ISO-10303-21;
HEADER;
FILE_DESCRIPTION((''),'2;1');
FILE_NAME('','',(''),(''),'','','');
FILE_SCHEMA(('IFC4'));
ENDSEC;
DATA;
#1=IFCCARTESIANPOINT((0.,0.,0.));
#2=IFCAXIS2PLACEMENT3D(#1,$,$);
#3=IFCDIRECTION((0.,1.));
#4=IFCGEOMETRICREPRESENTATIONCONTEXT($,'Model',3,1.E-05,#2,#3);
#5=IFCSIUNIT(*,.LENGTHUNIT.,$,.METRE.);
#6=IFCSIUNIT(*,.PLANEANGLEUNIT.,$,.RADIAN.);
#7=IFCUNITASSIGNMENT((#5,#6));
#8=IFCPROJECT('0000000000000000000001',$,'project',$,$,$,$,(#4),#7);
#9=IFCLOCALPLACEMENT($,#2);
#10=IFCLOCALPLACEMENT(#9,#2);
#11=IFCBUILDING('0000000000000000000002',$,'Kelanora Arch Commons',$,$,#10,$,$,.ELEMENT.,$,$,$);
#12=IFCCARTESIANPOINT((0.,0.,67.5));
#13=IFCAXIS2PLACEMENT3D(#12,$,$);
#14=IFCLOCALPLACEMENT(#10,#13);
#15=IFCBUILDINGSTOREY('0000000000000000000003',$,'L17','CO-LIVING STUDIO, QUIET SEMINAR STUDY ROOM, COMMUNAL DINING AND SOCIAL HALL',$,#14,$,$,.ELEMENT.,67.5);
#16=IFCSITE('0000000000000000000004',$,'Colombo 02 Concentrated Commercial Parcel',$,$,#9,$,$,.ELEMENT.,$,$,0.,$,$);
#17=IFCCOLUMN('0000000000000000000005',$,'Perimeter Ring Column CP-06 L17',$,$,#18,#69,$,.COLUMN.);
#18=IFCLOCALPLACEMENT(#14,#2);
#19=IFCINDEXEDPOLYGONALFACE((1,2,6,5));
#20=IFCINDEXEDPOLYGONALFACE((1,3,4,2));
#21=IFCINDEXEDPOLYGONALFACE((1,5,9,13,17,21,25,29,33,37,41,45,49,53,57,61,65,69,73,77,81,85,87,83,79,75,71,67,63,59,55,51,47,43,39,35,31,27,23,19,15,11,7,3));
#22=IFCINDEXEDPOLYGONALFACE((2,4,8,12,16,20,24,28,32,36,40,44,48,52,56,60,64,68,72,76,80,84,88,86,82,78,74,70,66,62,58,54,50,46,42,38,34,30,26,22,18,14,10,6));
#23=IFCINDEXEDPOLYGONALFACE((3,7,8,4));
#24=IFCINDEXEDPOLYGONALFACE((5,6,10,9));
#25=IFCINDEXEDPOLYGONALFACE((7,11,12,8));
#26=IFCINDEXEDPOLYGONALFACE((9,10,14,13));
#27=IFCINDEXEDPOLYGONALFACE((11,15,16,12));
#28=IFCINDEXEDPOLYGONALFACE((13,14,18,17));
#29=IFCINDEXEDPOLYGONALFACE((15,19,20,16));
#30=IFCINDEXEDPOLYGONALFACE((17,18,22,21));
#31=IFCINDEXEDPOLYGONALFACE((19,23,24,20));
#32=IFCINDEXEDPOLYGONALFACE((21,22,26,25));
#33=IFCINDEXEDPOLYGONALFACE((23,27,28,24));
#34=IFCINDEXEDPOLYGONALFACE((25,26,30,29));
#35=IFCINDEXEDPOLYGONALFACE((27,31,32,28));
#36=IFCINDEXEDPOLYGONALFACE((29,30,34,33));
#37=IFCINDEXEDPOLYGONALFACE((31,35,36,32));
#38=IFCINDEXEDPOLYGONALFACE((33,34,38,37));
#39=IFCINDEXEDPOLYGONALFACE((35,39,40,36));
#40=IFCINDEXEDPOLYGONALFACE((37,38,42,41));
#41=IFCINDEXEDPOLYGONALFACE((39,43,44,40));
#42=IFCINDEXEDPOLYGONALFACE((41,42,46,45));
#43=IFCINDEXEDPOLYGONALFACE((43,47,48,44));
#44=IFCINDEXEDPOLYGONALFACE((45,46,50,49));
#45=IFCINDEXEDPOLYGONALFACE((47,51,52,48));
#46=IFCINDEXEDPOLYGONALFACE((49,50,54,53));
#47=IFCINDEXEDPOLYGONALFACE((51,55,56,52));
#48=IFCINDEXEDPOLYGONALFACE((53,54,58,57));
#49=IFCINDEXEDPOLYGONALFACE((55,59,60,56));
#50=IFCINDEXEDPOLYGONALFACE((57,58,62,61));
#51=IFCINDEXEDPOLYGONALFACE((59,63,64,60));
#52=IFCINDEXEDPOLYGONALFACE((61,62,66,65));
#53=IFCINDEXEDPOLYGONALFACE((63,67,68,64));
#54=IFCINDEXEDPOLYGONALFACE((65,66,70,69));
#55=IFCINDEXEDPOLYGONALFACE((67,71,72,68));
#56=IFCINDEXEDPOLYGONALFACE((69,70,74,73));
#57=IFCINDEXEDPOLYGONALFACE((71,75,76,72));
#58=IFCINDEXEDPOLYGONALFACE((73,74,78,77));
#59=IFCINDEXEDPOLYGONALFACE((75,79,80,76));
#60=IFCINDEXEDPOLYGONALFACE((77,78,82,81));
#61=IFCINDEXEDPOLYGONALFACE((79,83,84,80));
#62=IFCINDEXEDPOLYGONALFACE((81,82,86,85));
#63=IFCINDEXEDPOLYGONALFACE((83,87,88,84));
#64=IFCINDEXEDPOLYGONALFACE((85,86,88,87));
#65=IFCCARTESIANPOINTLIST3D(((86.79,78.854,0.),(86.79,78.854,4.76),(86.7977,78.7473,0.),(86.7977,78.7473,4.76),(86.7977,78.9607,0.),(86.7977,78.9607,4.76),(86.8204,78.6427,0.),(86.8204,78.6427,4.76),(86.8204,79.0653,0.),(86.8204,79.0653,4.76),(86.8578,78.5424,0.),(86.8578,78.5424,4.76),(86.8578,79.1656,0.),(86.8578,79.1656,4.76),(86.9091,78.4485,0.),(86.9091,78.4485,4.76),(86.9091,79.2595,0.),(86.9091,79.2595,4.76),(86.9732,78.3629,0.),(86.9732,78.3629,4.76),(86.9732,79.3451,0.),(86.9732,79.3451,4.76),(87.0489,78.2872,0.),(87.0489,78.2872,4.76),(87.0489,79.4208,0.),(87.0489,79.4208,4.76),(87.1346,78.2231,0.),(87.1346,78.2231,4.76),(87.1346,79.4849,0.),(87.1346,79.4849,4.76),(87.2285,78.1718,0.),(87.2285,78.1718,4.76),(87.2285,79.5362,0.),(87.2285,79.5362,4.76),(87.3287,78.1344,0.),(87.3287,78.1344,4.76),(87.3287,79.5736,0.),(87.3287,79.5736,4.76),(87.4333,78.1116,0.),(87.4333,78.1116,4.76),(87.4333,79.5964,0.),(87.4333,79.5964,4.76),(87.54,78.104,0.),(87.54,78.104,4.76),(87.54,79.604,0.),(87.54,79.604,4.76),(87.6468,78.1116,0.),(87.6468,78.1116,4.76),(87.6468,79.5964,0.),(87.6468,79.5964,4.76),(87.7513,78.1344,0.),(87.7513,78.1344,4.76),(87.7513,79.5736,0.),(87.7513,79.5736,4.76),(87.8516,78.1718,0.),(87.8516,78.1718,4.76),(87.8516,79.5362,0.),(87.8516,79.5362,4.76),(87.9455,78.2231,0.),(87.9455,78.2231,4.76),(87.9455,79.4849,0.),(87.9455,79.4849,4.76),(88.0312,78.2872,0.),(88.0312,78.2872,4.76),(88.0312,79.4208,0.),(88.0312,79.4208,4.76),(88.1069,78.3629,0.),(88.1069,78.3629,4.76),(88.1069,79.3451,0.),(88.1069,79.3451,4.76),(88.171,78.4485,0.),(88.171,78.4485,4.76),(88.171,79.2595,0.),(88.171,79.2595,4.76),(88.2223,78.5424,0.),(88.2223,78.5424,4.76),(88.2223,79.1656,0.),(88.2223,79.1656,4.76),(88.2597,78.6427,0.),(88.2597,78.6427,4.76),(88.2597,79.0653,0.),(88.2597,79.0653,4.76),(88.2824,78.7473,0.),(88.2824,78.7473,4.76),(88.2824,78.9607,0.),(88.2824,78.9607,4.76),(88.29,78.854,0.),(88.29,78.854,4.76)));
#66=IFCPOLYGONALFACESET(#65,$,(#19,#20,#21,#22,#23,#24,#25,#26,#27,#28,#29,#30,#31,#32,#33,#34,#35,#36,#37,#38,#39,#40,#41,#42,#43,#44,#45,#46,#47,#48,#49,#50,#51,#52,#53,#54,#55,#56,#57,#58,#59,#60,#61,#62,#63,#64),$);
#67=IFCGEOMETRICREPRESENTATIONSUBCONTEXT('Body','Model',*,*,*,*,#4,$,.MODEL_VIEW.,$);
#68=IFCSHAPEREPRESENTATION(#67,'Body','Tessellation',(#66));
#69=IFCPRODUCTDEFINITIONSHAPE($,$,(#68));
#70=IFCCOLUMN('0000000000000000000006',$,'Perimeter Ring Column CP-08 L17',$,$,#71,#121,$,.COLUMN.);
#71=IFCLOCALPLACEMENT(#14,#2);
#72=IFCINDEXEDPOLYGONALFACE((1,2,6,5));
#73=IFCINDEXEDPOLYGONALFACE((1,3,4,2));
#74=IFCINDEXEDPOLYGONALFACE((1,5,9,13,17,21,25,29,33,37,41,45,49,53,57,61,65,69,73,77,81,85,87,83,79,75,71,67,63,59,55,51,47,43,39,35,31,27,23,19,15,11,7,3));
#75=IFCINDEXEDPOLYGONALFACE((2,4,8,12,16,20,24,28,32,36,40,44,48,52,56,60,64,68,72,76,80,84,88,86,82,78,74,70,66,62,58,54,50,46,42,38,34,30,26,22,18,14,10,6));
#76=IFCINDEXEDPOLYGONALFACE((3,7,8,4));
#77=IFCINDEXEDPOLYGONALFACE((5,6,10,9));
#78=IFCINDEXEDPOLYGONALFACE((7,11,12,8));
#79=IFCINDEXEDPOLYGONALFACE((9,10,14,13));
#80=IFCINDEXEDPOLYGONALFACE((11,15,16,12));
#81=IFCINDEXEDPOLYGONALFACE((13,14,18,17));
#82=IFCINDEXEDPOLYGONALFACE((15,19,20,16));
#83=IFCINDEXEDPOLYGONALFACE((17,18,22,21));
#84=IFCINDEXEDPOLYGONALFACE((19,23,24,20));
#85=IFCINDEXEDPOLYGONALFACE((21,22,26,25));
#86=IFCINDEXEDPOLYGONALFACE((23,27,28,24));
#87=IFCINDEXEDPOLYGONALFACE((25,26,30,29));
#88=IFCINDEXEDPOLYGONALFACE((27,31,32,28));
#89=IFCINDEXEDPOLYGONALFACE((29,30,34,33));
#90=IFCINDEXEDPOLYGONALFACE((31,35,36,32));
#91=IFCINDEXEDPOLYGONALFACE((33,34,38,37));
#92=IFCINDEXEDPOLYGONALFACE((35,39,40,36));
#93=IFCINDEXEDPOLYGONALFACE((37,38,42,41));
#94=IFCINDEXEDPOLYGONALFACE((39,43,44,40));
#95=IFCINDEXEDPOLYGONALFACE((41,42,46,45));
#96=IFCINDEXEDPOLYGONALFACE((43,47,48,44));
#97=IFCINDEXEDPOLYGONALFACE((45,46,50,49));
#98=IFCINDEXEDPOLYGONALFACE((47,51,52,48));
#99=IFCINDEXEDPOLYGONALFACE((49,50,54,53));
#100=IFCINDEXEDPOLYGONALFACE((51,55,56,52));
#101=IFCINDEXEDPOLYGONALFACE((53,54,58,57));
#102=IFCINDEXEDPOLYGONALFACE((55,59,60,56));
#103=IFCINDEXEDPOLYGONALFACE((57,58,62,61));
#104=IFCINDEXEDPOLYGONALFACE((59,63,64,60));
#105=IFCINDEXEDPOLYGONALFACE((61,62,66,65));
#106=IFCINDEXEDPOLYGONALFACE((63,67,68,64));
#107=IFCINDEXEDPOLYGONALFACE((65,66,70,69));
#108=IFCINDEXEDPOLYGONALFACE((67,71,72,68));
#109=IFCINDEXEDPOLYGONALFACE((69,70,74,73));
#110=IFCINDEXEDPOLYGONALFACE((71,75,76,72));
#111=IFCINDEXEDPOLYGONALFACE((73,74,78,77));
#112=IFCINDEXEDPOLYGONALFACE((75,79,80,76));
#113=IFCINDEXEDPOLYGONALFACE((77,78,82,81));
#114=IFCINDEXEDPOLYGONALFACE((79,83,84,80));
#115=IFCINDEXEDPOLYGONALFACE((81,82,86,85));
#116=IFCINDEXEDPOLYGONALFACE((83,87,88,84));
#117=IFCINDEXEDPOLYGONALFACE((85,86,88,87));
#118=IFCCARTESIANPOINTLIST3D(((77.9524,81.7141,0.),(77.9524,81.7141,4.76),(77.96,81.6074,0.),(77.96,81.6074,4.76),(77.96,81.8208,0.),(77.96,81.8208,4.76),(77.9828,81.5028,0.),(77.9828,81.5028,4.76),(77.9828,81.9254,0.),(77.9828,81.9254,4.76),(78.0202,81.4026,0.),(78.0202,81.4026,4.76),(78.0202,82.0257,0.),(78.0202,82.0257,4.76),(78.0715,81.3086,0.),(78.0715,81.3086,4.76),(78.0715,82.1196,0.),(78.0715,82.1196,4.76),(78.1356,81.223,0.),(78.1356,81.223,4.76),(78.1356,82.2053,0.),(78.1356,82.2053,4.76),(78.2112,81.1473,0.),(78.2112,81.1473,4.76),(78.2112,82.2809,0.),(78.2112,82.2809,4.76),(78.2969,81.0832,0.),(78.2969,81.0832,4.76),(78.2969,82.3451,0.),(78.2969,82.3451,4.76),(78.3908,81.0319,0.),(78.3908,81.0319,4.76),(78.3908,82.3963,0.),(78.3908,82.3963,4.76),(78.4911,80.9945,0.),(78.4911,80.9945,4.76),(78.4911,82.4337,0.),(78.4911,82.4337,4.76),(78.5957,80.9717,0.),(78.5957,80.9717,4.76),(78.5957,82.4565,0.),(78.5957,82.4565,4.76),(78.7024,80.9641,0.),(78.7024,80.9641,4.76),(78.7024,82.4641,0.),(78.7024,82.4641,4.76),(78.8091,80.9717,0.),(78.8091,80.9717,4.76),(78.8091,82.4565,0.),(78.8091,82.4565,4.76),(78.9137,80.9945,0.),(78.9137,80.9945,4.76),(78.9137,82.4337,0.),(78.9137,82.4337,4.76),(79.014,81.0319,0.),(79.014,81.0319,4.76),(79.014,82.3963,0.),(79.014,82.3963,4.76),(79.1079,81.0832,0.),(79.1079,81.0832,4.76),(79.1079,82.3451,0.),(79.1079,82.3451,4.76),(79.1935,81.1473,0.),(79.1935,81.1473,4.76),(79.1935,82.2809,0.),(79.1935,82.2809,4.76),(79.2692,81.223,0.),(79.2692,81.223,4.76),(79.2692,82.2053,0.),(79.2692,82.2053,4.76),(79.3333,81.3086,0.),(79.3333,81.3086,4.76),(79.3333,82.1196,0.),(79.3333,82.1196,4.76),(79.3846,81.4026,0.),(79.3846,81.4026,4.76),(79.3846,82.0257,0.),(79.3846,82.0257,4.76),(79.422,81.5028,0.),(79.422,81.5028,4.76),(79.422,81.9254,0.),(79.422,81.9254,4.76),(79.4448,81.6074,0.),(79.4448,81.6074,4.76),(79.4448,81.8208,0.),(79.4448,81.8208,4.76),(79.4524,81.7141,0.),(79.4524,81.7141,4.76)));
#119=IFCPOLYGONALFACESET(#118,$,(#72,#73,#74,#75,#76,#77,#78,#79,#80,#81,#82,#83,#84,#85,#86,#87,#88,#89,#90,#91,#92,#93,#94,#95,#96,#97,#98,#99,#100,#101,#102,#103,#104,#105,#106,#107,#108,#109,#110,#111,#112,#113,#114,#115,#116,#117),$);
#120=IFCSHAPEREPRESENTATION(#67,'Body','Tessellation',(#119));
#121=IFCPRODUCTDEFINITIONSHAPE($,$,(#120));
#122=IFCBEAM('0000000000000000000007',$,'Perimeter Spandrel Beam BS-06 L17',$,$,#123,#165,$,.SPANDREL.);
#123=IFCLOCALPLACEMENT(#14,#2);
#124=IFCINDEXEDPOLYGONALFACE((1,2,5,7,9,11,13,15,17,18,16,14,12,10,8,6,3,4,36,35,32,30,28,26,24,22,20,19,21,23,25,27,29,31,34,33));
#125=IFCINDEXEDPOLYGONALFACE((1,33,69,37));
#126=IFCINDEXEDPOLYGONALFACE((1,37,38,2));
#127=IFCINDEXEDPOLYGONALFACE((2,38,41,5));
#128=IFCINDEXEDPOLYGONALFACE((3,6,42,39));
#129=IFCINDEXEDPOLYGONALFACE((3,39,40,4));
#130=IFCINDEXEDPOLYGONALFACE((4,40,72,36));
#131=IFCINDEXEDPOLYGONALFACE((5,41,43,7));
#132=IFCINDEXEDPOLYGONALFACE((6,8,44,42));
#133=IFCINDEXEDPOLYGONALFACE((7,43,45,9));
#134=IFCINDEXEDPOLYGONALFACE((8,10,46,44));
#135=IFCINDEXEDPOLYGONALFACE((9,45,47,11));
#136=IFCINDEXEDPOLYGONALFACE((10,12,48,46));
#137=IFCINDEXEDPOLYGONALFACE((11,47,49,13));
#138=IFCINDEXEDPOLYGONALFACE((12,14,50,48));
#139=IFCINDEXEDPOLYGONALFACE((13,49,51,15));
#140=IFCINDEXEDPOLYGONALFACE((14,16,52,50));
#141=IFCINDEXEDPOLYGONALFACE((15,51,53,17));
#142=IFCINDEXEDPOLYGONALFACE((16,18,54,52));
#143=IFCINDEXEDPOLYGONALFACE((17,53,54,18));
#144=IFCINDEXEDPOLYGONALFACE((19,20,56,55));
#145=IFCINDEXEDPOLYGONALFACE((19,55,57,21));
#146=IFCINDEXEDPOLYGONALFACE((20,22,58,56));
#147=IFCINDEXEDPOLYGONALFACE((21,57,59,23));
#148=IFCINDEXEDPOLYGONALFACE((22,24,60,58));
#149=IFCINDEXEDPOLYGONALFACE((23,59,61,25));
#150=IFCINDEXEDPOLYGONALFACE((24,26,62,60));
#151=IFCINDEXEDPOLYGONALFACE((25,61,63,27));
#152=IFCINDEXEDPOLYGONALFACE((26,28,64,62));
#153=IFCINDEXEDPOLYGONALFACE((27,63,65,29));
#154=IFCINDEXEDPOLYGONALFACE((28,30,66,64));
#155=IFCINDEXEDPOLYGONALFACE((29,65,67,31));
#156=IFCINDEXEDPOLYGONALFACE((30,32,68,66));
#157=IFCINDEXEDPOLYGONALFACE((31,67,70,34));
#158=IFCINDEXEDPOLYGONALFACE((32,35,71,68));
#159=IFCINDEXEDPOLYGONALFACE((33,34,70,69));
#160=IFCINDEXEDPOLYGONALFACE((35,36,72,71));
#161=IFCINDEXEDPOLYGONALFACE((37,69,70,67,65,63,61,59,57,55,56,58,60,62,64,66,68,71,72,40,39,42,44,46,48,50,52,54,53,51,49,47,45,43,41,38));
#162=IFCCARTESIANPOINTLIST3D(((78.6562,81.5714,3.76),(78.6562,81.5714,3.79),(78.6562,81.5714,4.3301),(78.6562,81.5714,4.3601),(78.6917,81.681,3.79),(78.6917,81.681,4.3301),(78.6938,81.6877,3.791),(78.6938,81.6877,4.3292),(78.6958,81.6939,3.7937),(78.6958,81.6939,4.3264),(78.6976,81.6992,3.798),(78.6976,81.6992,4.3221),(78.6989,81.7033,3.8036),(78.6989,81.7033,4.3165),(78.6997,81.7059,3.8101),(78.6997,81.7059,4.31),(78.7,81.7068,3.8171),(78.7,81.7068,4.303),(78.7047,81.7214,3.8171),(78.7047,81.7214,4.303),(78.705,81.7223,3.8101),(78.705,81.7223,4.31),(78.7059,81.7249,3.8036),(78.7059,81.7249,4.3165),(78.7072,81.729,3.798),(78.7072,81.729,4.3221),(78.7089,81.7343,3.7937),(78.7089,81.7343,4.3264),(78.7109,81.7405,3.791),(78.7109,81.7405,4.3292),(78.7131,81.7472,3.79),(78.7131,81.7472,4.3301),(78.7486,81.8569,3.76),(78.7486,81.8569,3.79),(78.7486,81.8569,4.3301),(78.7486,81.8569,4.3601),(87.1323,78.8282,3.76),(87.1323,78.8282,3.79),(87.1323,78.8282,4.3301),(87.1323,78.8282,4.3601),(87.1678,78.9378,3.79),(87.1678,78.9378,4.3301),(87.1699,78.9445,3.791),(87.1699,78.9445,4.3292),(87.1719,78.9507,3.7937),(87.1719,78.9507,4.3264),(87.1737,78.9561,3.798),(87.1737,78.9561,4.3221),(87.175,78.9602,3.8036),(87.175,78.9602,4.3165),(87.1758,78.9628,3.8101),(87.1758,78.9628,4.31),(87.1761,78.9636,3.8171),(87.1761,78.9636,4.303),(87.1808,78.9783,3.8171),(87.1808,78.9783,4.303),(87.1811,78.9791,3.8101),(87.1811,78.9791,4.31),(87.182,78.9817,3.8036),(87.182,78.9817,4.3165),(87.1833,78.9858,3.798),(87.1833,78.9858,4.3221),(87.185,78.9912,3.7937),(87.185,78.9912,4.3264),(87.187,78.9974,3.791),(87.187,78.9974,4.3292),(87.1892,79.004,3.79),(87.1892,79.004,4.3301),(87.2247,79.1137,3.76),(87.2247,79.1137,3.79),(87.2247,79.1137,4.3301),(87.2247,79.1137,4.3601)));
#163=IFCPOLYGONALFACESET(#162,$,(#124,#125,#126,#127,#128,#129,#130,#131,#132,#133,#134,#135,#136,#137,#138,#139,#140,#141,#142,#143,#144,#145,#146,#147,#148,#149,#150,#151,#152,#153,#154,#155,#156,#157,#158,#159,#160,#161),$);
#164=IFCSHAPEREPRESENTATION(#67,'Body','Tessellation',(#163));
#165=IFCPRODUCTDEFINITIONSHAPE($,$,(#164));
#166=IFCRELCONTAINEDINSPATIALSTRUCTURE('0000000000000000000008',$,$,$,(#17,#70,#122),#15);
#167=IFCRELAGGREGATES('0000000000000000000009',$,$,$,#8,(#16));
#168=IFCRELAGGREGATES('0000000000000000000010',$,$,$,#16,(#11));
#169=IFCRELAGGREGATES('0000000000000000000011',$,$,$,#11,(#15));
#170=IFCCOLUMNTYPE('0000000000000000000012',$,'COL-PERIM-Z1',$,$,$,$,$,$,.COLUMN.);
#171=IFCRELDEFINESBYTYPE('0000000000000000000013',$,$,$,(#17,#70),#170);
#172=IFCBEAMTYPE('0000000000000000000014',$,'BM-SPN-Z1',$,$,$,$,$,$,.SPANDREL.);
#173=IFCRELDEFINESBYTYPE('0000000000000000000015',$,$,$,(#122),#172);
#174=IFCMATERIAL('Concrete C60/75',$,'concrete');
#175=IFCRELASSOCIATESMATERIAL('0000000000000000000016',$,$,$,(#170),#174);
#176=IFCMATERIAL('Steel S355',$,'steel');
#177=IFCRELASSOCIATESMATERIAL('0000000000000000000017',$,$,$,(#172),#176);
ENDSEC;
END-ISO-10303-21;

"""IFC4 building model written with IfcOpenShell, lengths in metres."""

from ifc_helpers import new_model, si_unit, direction, frame, origin, origin_2d, place, context, subcontext, project, spatial, circle, i_section, extrude, material, material_profile, profile_set, type_object, element, save


model = new_model("IFC4")

# Units and contexts
model_context = context("Model", 3, precision=1e-05, world=origin(), true_north=direction((0.0, 1.0)))
body_context = subcontext(model_context, "Body", "Model", "MODEL_VIEW")
ifc_project = project(units=[si_unit("LENGTHUNIT", "METRE"), si_unit("PLANEANGLEUNIT", "RADIAN")], contexts=[model_context])

# Site, building, storey
site_placement = place(None, origin())
site = spatial("IfcSite", under=ifc_project, at=site_placement, Name="Colombo 02 Concentrated Commercial Parcel", CompositionType="ELEMENT", RefElevation=0.0)
building_placement = place(site_placement, origin())
building = spatial("IfcBuilding", under=site, at=building_placement, Name="Kelanora Arch Commons", CompositionType="ELEMENT")
storey_placement = place(building_placement, frame((0.0, 0.0, 67.5)))
storey = spatial("IfcBuildingStorey", under=building, at=storey_placement, Name="L17", Description="CO-LIVING STUDIO, QUIET SEMINAR STUDY ROOM, COMMUNAL DINING AND SOCIAL HALL", CompositionType="ELEMENT", Elevation=67.5)

# Columns
ifc_material_1 = material(Name="Concrete C60/75", Category="concrete")
ifc_material_profile_1 = material_profile(ifc_material_1, circle(Radius=0.75, at=origin_2d()), Name="RCC1500")
ifc_profile_set_1 = profile_set([ifc_material_profile_1], Name="Concrete C60/75")
column_type = type_object("IfcColumnType", Name="COL-PERIM-Z1", PredefinedType="COLUMN", material=ifc_profile_set_1)
for number, where, z_axis, x_axis, name in (
    (1, (87.54, 78.854, 0.0), (0.0, 0.0, 1.0), (1.0, 0.0, 0.0), "Perimeter Ring Column CP-06 L17"),
    (2, (78.7024, 81.7141, 0.0), (0.0, 0.0, 1.0), (1.0, 0.0, 0.0), "Perimeter Ring Column CP-08 L17"),
):
    element("IfcColumn", number, at=place(storey_placement, frame(where, z_axis=z_axis, x_axis=x_axis)), inside=storey, type_object=column_type, Name=name, PredefinedType="COLUMN", context=body_context, shape_type="SweptSolid", body=[
        extrude(circle(Radius=0.75, at=origin_2d()), origin(), (0.0, 0.0, 1.0), 4.76),
    ])

# Beam
ifc_material_2 = material(Name="Steel S355", Category="steel")
ifc_material_profile_2 = material_profile(ifc_material_2, i_section(OverallWidth=0.3, OverallDepth=0.6001, WebThickness=0.0154, FlangeThickness=0.03, FilletRadius=0.0271, at=origin_2d()), Name="HEB600")
ifc_profile_set_2 = profile_set([ifc_material_profile_2], Name="Steel S355")
beam_type_1 = type_object("IfcBeamType", Name="BM-SPN-Z1", PredefinedType="SPANDREL", material=ifc_profile_set_2)
beam_1_placement = place(storey_placement, frame((87.1785, 78.9709, 4.0601), z_axis=(-0.951415, 0.307912, 0.0), x_axis=(-0.307912, -0.951415, 0.0)))
element("IfcBeam", 3, at=beam_1_placement, inside=storey, type_object=beam_type_1, Name="Perimeter Spandrel Beam BS-06 L17", PredefinedType="SPANDREL", context=body_context, shape_type="SweptSolid", body=[
    extrude(i_section(OverallWidth=0.3, OverallDepth=0.6001, WebThickness=0.0154, FlangeThickness=0.03, FilletRadius=0.0271, at=origin_2d()), origin(), (0.0, 0.0, 1.0), 8.9089),
])

save(model, "model.ifc")
